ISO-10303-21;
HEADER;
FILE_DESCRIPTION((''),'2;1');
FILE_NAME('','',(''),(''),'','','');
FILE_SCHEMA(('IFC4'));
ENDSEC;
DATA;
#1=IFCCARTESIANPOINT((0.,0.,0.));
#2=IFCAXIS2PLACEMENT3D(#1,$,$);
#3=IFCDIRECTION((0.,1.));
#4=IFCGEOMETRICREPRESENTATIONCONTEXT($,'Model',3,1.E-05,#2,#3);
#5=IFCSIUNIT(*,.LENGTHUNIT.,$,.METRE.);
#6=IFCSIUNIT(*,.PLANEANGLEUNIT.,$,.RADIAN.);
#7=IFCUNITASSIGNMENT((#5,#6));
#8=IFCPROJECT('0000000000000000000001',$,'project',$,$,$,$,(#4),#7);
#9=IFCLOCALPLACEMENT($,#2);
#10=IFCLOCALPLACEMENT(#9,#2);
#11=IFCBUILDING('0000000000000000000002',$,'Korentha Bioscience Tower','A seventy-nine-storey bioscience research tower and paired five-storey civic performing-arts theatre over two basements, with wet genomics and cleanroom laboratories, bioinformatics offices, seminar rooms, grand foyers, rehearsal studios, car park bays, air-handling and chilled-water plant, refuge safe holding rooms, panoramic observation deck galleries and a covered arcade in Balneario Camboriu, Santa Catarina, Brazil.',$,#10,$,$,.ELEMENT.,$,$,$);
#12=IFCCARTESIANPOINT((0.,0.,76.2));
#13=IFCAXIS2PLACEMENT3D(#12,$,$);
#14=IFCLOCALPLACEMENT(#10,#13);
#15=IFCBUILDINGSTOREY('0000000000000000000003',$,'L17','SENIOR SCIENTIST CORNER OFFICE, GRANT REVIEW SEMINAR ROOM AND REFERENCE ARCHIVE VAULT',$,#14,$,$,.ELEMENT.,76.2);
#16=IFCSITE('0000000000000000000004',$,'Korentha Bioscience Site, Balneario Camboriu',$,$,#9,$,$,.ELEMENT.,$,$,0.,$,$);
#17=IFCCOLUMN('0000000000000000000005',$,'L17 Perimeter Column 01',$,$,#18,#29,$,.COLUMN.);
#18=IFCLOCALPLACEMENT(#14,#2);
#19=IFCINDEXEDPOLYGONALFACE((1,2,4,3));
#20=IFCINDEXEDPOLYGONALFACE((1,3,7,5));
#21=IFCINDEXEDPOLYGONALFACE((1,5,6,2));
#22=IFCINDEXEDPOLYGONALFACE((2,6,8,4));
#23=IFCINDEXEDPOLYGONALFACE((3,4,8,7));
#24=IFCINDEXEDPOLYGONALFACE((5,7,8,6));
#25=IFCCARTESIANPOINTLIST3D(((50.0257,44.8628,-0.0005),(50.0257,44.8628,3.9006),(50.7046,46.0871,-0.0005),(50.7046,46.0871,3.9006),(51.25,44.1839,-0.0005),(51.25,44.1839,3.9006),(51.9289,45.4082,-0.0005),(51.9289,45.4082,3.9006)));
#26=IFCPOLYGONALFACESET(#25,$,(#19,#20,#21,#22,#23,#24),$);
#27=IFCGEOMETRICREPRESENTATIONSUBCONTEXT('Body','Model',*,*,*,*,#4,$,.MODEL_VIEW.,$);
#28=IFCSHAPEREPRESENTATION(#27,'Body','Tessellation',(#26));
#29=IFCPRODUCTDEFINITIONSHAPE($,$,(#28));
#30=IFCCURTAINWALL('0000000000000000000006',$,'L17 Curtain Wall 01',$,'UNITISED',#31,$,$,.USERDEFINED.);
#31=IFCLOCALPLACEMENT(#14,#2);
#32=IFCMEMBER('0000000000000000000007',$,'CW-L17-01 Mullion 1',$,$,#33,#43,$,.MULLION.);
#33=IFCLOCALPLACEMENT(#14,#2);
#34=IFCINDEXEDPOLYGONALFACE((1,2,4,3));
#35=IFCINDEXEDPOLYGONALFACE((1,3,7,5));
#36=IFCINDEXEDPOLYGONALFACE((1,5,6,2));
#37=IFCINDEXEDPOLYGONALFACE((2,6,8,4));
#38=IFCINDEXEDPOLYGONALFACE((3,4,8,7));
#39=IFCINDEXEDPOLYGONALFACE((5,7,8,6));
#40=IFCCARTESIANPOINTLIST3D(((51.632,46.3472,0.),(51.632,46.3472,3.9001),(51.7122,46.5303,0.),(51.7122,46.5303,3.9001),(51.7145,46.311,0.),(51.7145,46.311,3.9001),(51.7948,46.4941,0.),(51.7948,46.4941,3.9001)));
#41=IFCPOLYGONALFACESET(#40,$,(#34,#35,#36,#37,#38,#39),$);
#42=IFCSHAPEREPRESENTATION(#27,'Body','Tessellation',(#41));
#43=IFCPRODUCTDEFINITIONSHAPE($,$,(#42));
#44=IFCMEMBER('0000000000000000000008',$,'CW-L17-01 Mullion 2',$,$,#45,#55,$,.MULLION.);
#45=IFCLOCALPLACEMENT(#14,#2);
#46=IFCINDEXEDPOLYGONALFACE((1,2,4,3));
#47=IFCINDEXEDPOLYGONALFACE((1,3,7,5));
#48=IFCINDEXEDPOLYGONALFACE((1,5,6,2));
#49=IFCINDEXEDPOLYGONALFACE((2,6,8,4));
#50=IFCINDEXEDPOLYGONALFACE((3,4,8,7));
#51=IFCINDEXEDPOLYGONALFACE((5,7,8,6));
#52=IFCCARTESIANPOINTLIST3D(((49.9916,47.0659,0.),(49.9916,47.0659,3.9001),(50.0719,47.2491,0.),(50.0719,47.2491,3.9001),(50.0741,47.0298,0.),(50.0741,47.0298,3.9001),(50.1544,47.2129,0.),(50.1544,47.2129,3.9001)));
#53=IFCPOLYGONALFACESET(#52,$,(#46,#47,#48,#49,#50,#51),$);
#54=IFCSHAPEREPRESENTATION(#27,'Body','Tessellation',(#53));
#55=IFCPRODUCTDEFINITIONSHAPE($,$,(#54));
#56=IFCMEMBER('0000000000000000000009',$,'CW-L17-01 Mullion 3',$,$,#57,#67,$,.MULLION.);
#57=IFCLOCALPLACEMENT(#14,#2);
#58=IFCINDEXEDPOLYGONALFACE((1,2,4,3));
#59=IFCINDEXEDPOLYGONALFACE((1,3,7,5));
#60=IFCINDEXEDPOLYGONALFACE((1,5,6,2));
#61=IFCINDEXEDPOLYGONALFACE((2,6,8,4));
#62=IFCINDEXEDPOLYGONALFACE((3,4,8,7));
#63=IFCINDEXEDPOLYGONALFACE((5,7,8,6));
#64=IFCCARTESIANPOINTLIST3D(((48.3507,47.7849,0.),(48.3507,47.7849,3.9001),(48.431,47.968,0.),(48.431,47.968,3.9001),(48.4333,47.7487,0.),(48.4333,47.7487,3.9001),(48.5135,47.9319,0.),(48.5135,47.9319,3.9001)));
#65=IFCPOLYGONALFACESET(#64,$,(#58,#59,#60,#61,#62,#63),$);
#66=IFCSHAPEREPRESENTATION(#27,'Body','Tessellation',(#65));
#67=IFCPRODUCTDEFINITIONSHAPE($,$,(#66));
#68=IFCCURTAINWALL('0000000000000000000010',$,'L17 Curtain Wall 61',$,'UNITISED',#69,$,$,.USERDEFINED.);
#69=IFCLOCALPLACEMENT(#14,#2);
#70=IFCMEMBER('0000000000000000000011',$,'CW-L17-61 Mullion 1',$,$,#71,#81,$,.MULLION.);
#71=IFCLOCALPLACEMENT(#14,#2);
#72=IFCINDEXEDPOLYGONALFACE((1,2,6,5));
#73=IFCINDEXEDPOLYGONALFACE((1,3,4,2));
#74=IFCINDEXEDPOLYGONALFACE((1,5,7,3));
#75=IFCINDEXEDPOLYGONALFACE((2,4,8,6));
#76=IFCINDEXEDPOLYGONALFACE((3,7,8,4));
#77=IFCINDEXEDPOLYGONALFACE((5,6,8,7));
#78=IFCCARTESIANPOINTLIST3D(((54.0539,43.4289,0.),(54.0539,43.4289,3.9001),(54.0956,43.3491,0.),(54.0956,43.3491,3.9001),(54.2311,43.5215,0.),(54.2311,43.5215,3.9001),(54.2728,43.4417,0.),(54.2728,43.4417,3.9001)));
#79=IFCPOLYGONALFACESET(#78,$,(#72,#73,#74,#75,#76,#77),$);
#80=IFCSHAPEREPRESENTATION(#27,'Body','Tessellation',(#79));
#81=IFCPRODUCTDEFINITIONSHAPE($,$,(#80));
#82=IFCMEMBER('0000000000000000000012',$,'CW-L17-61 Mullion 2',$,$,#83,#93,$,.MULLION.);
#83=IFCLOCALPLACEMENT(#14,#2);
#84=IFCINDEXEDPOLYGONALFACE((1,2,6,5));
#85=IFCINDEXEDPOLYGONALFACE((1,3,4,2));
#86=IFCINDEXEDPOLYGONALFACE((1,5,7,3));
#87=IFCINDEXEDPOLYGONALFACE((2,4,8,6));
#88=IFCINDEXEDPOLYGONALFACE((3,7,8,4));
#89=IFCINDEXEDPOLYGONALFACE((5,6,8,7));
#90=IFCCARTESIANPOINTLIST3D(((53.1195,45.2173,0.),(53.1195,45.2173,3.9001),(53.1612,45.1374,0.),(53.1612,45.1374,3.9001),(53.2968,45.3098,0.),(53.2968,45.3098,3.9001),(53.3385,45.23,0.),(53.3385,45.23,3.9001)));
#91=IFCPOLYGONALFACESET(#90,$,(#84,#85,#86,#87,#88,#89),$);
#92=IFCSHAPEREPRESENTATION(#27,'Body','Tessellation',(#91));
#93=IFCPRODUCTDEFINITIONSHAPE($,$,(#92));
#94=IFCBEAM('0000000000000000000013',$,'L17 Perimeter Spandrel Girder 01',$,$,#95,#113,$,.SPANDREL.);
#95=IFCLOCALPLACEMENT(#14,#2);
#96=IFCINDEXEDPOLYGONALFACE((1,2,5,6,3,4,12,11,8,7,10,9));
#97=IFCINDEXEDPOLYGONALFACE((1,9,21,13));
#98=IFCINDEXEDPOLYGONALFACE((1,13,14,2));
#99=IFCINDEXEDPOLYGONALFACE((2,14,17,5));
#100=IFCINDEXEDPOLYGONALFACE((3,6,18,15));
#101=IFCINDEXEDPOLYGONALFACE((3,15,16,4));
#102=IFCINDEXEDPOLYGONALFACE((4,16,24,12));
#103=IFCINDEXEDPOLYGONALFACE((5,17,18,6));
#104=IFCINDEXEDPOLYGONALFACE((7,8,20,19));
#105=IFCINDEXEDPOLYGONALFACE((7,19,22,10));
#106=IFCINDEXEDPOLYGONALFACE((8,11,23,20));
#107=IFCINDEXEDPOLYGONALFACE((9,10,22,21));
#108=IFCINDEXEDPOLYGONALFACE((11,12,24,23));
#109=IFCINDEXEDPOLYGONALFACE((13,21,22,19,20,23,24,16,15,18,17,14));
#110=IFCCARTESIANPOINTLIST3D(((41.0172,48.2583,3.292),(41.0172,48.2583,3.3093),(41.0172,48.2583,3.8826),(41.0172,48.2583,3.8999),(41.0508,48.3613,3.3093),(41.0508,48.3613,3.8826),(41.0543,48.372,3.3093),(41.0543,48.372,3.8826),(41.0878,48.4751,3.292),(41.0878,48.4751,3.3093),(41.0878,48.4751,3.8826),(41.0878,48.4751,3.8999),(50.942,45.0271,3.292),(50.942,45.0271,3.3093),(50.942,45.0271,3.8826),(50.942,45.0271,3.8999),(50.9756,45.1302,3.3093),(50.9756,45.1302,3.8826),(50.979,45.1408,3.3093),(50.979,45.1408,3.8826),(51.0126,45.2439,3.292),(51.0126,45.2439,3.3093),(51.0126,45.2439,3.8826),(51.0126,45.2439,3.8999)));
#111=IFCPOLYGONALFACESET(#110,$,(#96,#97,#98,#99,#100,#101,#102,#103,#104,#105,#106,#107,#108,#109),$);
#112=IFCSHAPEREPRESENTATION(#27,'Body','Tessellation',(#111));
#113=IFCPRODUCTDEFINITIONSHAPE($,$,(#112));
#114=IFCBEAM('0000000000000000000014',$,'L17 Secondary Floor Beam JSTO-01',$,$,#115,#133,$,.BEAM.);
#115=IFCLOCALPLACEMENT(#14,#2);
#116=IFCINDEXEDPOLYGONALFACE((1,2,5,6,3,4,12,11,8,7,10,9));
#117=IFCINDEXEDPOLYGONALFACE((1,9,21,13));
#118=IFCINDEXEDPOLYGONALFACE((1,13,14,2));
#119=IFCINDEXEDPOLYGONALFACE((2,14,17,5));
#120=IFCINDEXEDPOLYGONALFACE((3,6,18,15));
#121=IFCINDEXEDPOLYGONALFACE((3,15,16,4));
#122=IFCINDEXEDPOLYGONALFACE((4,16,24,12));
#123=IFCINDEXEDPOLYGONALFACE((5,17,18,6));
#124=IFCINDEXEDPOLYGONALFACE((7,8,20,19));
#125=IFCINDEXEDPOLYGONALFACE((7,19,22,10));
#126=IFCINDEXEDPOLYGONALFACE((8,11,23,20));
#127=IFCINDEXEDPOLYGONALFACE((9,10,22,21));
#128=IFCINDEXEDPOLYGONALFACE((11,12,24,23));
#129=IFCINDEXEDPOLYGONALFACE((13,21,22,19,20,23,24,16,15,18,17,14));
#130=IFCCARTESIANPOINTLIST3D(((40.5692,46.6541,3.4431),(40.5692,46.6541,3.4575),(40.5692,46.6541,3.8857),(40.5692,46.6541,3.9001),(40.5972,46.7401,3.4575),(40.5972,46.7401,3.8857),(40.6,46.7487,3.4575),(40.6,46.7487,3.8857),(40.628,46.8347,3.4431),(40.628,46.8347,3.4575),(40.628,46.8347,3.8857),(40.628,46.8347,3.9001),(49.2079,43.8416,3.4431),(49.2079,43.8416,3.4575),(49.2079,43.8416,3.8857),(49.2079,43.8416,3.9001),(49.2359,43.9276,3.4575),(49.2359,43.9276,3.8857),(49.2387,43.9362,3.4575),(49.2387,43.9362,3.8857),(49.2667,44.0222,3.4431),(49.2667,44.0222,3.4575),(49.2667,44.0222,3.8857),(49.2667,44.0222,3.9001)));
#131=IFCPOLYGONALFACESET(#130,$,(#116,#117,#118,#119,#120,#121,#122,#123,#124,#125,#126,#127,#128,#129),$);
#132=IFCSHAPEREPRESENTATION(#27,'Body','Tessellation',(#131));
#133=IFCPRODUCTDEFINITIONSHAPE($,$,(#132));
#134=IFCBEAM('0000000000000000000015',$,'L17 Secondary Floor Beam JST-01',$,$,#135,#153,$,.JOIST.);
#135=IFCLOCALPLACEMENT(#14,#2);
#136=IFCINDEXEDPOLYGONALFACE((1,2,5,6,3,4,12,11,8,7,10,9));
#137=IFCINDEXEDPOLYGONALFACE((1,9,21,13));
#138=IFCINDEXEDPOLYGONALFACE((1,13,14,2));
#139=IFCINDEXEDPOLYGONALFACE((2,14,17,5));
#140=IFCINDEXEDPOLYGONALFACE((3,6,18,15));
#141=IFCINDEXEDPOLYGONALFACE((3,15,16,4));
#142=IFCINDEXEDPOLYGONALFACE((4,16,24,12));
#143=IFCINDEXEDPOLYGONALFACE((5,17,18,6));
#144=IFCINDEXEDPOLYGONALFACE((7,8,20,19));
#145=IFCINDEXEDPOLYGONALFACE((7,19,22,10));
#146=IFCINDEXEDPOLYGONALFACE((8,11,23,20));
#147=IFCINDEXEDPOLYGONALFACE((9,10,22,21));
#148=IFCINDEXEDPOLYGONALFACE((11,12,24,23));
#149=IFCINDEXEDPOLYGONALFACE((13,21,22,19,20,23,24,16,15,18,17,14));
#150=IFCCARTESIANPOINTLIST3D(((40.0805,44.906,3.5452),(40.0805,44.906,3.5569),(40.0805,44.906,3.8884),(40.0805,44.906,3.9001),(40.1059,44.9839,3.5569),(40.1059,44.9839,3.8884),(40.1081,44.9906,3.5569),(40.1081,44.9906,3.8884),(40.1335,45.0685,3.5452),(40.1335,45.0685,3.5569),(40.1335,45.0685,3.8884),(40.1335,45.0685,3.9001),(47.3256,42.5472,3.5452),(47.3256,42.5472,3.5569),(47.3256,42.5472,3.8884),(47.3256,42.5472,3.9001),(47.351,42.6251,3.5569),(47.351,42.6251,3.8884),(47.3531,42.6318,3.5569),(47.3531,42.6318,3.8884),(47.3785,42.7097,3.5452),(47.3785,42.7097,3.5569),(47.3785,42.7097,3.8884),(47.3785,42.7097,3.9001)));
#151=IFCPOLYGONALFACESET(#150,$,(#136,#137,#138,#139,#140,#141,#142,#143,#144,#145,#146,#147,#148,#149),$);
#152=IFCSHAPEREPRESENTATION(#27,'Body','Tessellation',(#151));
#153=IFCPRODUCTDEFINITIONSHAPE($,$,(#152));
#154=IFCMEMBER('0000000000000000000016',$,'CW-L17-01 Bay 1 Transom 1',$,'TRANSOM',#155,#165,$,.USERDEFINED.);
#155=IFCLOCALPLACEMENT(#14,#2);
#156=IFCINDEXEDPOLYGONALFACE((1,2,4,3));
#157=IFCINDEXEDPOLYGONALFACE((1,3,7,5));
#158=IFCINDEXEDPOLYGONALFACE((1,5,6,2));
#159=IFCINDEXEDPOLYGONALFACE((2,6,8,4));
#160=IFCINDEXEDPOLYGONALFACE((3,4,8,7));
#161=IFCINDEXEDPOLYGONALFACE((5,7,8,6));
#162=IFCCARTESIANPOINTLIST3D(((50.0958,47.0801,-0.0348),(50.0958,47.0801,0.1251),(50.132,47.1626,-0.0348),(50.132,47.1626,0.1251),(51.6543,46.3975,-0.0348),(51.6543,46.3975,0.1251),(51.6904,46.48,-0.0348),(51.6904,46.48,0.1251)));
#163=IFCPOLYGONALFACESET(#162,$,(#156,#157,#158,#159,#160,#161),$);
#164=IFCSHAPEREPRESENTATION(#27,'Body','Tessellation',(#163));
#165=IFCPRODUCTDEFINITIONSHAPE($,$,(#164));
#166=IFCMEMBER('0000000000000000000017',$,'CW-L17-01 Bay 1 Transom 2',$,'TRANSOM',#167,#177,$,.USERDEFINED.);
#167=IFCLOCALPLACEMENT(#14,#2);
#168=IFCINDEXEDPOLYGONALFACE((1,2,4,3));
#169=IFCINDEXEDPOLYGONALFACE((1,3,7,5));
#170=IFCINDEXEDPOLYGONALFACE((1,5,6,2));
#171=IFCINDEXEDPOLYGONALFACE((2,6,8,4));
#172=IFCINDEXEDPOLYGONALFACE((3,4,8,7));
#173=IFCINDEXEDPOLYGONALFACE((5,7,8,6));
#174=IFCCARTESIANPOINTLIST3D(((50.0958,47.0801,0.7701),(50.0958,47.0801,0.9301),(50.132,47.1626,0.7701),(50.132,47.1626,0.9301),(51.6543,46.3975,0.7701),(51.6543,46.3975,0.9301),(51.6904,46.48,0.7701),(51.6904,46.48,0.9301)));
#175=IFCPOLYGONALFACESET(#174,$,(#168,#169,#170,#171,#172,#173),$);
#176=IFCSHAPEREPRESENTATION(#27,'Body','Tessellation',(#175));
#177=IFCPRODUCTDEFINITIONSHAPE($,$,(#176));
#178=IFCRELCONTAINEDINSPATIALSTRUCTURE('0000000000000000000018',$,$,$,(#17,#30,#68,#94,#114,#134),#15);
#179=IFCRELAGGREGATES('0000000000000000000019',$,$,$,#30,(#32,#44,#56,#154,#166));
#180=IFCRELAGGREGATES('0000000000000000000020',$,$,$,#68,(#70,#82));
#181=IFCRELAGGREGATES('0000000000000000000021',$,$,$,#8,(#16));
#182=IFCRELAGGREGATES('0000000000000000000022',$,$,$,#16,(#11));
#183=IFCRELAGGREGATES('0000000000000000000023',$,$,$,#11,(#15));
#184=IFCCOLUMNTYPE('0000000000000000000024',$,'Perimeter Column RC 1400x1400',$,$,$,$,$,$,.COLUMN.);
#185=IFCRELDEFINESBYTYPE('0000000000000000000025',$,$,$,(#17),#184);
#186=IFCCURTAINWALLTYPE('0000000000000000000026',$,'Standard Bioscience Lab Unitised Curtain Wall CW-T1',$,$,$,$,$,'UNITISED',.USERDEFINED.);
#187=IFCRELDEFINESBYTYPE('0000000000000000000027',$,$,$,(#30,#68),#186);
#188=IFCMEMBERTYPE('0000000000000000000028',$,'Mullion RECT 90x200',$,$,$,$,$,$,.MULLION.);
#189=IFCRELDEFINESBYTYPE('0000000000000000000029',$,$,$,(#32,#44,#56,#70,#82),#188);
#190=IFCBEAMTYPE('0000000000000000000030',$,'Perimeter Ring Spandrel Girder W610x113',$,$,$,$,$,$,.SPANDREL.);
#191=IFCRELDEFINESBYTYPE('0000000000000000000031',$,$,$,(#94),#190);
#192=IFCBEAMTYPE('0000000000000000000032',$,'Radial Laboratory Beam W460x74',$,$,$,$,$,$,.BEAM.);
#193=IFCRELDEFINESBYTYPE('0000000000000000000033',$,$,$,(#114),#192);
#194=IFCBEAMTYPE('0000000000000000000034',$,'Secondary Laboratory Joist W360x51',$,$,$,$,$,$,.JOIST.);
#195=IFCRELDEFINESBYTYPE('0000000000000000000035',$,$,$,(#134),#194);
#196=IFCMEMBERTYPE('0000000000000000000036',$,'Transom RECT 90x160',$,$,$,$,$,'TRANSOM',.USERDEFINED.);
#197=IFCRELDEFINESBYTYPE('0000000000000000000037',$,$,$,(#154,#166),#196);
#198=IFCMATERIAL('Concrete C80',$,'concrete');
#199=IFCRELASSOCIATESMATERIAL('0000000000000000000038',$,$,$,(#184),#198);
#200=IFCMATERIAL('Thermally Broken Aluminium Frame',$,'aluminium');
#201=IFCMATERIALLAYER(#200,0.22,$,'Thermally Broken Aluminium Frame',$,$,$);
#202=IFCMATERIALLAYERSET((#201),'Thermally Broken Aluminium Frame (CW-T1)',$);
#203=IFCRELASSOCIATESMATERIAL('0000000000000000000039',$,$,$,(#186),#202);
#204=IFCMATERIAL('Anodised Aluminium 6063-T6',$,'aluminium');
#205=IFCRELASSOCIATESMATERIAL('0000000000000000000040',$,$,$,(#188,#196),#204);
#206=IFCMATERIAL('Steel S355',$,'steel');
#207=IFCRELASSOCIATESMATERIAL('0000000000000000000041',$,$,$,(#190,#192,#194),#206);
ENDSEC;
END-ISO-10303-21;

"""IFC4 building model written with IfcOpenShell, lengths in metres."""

from ifc_helpers import new_model, si_unit, direction, frame, origin, origin_2d, place, context, subcontext, project, spatial, rectangle, i_section, extrude, material, layer, layer_set, material_profile, profile_set, type_object, element, aggregate, save


model = new_model("IFC4")

# Units and contexts
model_context = context("Model", 3, precision=1e-05, world=origin(), true_north=direction((0.0, 1.0)))
body_context = subcontext(model_context, "Body", "Model", "MODEL_VIEW")
ifc_project = project(units=[si_unit("LENGTHUNIT", "METRE"), si_unit("PLANEANGLEUNIT", "RADIAN")], contexts=[model_context])

# Site, building, storey
site_placement = place(None, origin())
site = spatial("IfcSite", under=ifc_project, at=site_placement, Name="Korentha Bioscience Site, Balneario Camboriu", CompositionType="ELEMENT", RefElevation=0.0)
building_placement = place(site_placement, origin())
building = spatial("IfcBuilding", under=site, at=building_placement, Name="Korentha Bioscience Tower", Description="A seventy-nine-storey bioscience research tower and paired five-storey civic performing-arts theatre over two basements, with wet genomics and cleanroom laboratories, bioinformatics offices, seminar rooms, grand foyers, rehearsal studios, car park bays, air-handling and chilled-water plant, refuge safe holding rooms, panoramic observation deck galleries and a covered arcade in Balneario Camboriu, Santa Catarina, Brazil.", CompositionType="ELEMENT")
storey_placement = place(building_placement, frame((0.0, 0.0, 76.2)))
storey = spatial("IfcBuildingStorey", under=building, at=storey_placement, Name="L17", Description="SENIOR SCIENTIST CORNER OFFICE, GRANT REVIEW SEMINAR ROOM AND REFERENCE ARCHIVE VAULT", CompositionType="ELEMENT", Elevation=76.2)

# Column
ifc_material_1 = material(Name="Concrete C80", Category="concrete")
ifc_material_profile_1 = material_profile(ifc_material_1, rectangle(XDim=1.3999, YDim=1.3999, at=origin_2d()), Name="Concrete C80")
ifc_profile_set_1 = profile_set([ifc_material_profile_1], Name="Concrete C80 (COL-P14)")
column_type = type_object("IfcColumnType", Name="Perimeter Column RC 1400x1400", PredefinedType="COLUMN", material=ifc_profile_set_1)
column_placement = place(storey_placement, frame((50.9773, 45.1355, -0.0005), z_axis=(0.0, 0.0, 1.0), x_axis=(-0.874535, 0.484962, 0.0)))
element("IfcColumn", 1, at=column_placement, inside=storey, type_object=column_type, Name="L17 Perimeter Column 01", PredefinedType="COLUMN", context=body_context, shape_type="SweptSolid", body=[
    extrude(rectangle(XDim=1.3999, YDim=1.3999, at=origin_2d()), origin(), (0.0, 0.0, 1.0), 3.9011),
])

# Curtain walls, members
ifc_material_2 = material(Name="Thermally Broken Aluminium Frame", Category="aluminium")
ifc_layer_1 = layer(ifc_material_2, 0.22, Name="Thermally Broken Aluminium Frame")
ifc_layer_set_1 = layer_set([ifc_layer_1], Name="Thermally Broken Aluminium Frame (CW-T1)")
curtain_wall_type = type_object("IfcCurtainWallType", Name="Standard Bioscience Lab Unitised Curtain Wall CW-T1", ElementType="UNITISED", PredefinedType="USERDEFINED", material=ifc_layer_set_1)
curtain_wall_1_placement = place(storey_placement, origin())
curtain_wall_1 = element("IfcCurtainWall", 2, at=curtain_wall_1_placement, inside=storey, type_object=curtain_wall_type, Name="L17 Curtain Wall 01", ObjectType="UNITISED", PredefinedType="USERDEFINED")
ifc_material_3 = material(Name="Anodised Aluminium 6063-T6", Category="aluminium")
ifc_material_profile_2 = material_profile(ifc_material_3, rectangle(XDim=0.0901, YDim=0.2, at=origin_2d()), Name="Anodised Aluminium 6063-T6")
ifc_profile_set_2 = profile_set([ifc_material_profile_2], Name="Anodised Aluminium 6063-T6 (CW-MUL)")
member_type_1 = type_object("IfcMemberType", Name="Mullion RECT 90x200", PredefinedType="MULLION", material=ifc_profile_set_2)
member_1_placement = place(storey_placement, frame((51.7134, 46.4207, 0.0), z_axis=(0.0, 0.0, 1.0), x_axis=(-0.915939, 0.401317, 0.0)))
member_1 = element("IfcMember", 3, at=member_1_placement, type_object=member_type_1, Name="CW-L17-01 Mullion 1", PredefinedType="MULLION", context=body_context, shape_type="SweptSolid", body=[
    extrude(rectangle(XDim=0.0901, YDim=0.2, at=origin_2d()), origin(), (0.0, 0.0, 1.0), 3.9001),
])
member_2_placement = place(storey_placement, frame((50.073, 47.1394, 0.0), z_axis=(0.0, 0.0, 1.0), x_axis=(-0.915939, 0.401317, 0.0)))
member_2 = element("IfcMember", 4, at=member_2_placement, type_object=member_type_1, Name="CW-L17-01 Mullion 2", PredefinedType="MULLION", context=body_context, shape_type="SweptSolid", body=[
    extrude(rectangle(XDim=0.0901, YDim=0.2, at=origin_2d()), origin(), (0.0, 0.0, 1.0), 3.9001),
])
member_3_placement = place(storey_placement, frame((48.4321, 47.8584, 0.0), z_axis=(0.0, 0.0, 1.0), x_axis=(-0.915939, 0.401317, 0.0)))
member_3 = element("IfcMember", 5, at=member_3_placement, type_object=member_type_1, Name="CW-L17-01 Mullion 3", PredefinedType="MULLION", context=body_context, shape_type="SweptSolid", body=[
    extrude(rectangle(XDim=0.0901, YDim=0.2, at=origin_2d()), origin(), (0.0, 0.0, 1.0), 3.9001),
])
curtain_wall_2_placement = place(storey_placement, origin())
curtain_wall_2 = element("IfcCurtainWall", 6, at=curtain_wall_2_placement, inside=storey, type_object=curtain_wall_type, Name="L17 Curtain Wall 61", ObjectType="UNITISED", PredefinedType="USERDEFINED")
member_4_placement = place(storey_placement, frame((54.1633, 43.4353, 0.0), z_axis=(0.0, 0.0, 1.0), x_axis=(-0.463009, 0.886354, 0.0)))
member_4 = element("IfcMember", 7, at=member_4_placement, type_object=member_type_1, Name="CW-L17-61 Mullion 1", PredefinedType="MULLION", context=body_context, shape_type="SweptSolid", body=[
    extrude(rectangle(XDim=0.0901, YDim=0.2, at=origin_2d()), origin(), (0.0, 0.0, 1.0), 3.9001),
])
member_5_placement = place(storey_placement, frame((53.229, 45.2236, 0.0), z_axis=(0.0, 0.0, 1.0), x_axis=(-0.463009, 0.886354, 0.0)))
member_5 = element("IfcMember", 8, at=member_5_placement, type_object=member_type_1, Name="CW-L17-61 Mullion 2", PredefinedType="MULLION", context=body_context, shape_type="SweptSolid", body=[
    extrude(rectangle(XDim=0.0901, YDim=0.2, at=origin_2d()), origin(), (0.0, 0.0, 1.0), 3.9001),
])

# Beams
ifc_material_4 = material(Name="Steel S355", Category="steel")
ifc_material_profile_3 = material_profile(ifc_material_4, i_section(OverallWidth=0.228, OverallDepth=0.6079, WebThickness=0.0112, FlangeThickness=0.0173, at=origin_2d()), Name="Steel S355")
ifc_profile_set_3 = profile_set([ifc_material_profile_3], Name="Steel S355 (SB-610)")
beam_type_1 = type_object("IfcBeamType", Name="Perimeter Ring Spandrel Girder W610x113", PredefinedType="SPANDREL", material=ifc_profile_set_3)
beam_1_placement = place(storey_placement, frame((50.9773, 45.1355, 3.5959), z_axis=(-0.950875, 0.309575, 0.0), x_axis=(-0.309575, -0.950875, 0.0)))
element("IfcBeam", 9, at=beam_1_placement, inside=storey, type_object=beam_type_1, Name="L17 Perimeter Spandrel Girder 01", PredefinedType="SPANDREL", context=body_context, shape_type="SweptSolid", body=[
    extrude(i_section(OverallWidth=0.228, OverallDepth=0.6079, WebThickness=0.0112, FlangeThickness=0.0173, at=origin_2d()), origin(), (0.0, 0.0, 1.0), 10.4375),
])
ifc_material_profile_4 = material_profile(ifc_material_4, i_section(OverallWidth=0.1899, OverallDepth=0.457, WebThickness=0.009, FlangeThickness=0.0144, at=origin_2d()), Name="Steel S355")
ifc_profile_set_4 = profile_set([ifc_material_profile_4], Name="Steel S355 (RB-460)")
beam_type_2 = type_object("IfcBeamType", Name="Radial Laboratory Beam W460x74", PredefinedType="BEAM", material=ifc_profile_set_4)
beam_2_placement = place(storey_placement, frame((49.2373, 43.9319, 3.6716), z_axis=(-0.950874, 0.309577, 0.0), x_axis=(-0.309577, -0.950874, 0.0)))
element("IfcBeam", 10, at=beam_2_placement, inside=storey, type_object=beam_type_2, Name="L17 Secondary Floor Beam JSTO-01", PredefinedType="BEAM", context=body_context, shape_type="SweptSolid", body=[
    extrude(i_section(OverallWidth=0.1899, OverallDepth=0.457, WebThickness=0.009, FlangeThickness=0.0144, at=origin_2d()), origin(), (0.0, 0.0, 1.0), 9.085),
])
ifc_material_profile_5 = material_profile(ifc_material_4, i_section(OverallWidth=0.1709, OverallDepth=0.355, WebThickness=0.0071, FlangeThickness=0.0117, at=origin_2d()), Name="Steel S355")
ifc_profile_set_5 = profile_set([ifc_material_profile_5], Name="Steel S355 (JB-360)")
beam_type_3 = type_object("IfcBeamType", Name="Secondary Laboratory Joist W360x51", PredefinedType="JOIST", material=ifc_profile_set_5)
beam_3_placement = place(storey_placement, frame((47.3521, 42.6284, 3.7227), z_axis=(-0.950871, 0.309587, 0.0), x_axis=(-0.309587, -0.950871, 0.0)))
element("IfcBeam", 11, at=beam_3_placement, inside=storey, type_object=beam_type_3, Name="L17 Secondary Floor Beam JST-01", PredefinedType="JOIST", context=body_context, shape_type="SweptSolid", body=[
    extrude(i_section(OverallWidth=0.1709, OverallDepth=0.355, WebThickness=0.0071, FlangeThickness=0.0117, at=origin_2d()), origin(), (0.0, 0.0, 1.0), 7.6194),
])

# Members
ifc_material_profile_6 = material_profile(ifc_material_3, rectangle(XDim=0.0901, YDim=0.1599, at=origin_2d()), Name="Anodised Aluminium 6063-T6")
ifc_profile_set_6 = profile_set([ifc_material_profile_6], Name="Anodised Aluminium 6063-T6 (CW-TRN)")
member_type_2 = type_object("IfcMemberType", Name="Transom RECT 90x160", ElementType="TRANSOM", PredefinedType="USERDEFINED", material=ifc_profile_set_6)
member_6_placement = place(storey_placement, frame((51.6724, 46.4387, 0.0452), z_axis=(-0.915976, 0.401233, 0.0), x_axis=(-0.401233, -0.915976, 0.0)))
member_6 = element("IfcMember", 12, at=member_6_placement, type_object=member_type_2, Name="CW-L17-01 Bay 1 Transom 1", ObjectType="TRANSOM", PredefinedType="USERDEFINED", context=body_context, shape_type="SweptSolid", body=[
    extrude(rectangle(XDim=0.0901, YDim=0.1599, at=origin_2d()), origin(), (0.0, 0.0, 1.0), 1.7014),
])
member_7_placement = place(storey_placement, frame((51.6724, 46.4387, 0.8501), z_axis=(-0.915976, 0.401233, 0.0), x_axis=(-0.401233, -0.915976, 0.0)))
member_7 = element("IfcMember", 13, at=member_7_placement, type_object=member_type_2, Name="CW-L17-01 Bay 1 Transom 2", ObjectType="TRANSOM", PredefinedType="USERDEFINED", context=body_context, shape_type="SweptSolid", body=[
    extrude(rectangle(XDim=0.0901, YDim=0.1599, at=origin_2d()), origin(), (0.0, 0.0, 1.0), 1.7014),
])

aggregate(curtain_wall_1, [member_1, member_2, member_3, member_6, member_7])
aggregate(curtain_wall_2, [member_4, member_5])

save(model, "model.ifc")
